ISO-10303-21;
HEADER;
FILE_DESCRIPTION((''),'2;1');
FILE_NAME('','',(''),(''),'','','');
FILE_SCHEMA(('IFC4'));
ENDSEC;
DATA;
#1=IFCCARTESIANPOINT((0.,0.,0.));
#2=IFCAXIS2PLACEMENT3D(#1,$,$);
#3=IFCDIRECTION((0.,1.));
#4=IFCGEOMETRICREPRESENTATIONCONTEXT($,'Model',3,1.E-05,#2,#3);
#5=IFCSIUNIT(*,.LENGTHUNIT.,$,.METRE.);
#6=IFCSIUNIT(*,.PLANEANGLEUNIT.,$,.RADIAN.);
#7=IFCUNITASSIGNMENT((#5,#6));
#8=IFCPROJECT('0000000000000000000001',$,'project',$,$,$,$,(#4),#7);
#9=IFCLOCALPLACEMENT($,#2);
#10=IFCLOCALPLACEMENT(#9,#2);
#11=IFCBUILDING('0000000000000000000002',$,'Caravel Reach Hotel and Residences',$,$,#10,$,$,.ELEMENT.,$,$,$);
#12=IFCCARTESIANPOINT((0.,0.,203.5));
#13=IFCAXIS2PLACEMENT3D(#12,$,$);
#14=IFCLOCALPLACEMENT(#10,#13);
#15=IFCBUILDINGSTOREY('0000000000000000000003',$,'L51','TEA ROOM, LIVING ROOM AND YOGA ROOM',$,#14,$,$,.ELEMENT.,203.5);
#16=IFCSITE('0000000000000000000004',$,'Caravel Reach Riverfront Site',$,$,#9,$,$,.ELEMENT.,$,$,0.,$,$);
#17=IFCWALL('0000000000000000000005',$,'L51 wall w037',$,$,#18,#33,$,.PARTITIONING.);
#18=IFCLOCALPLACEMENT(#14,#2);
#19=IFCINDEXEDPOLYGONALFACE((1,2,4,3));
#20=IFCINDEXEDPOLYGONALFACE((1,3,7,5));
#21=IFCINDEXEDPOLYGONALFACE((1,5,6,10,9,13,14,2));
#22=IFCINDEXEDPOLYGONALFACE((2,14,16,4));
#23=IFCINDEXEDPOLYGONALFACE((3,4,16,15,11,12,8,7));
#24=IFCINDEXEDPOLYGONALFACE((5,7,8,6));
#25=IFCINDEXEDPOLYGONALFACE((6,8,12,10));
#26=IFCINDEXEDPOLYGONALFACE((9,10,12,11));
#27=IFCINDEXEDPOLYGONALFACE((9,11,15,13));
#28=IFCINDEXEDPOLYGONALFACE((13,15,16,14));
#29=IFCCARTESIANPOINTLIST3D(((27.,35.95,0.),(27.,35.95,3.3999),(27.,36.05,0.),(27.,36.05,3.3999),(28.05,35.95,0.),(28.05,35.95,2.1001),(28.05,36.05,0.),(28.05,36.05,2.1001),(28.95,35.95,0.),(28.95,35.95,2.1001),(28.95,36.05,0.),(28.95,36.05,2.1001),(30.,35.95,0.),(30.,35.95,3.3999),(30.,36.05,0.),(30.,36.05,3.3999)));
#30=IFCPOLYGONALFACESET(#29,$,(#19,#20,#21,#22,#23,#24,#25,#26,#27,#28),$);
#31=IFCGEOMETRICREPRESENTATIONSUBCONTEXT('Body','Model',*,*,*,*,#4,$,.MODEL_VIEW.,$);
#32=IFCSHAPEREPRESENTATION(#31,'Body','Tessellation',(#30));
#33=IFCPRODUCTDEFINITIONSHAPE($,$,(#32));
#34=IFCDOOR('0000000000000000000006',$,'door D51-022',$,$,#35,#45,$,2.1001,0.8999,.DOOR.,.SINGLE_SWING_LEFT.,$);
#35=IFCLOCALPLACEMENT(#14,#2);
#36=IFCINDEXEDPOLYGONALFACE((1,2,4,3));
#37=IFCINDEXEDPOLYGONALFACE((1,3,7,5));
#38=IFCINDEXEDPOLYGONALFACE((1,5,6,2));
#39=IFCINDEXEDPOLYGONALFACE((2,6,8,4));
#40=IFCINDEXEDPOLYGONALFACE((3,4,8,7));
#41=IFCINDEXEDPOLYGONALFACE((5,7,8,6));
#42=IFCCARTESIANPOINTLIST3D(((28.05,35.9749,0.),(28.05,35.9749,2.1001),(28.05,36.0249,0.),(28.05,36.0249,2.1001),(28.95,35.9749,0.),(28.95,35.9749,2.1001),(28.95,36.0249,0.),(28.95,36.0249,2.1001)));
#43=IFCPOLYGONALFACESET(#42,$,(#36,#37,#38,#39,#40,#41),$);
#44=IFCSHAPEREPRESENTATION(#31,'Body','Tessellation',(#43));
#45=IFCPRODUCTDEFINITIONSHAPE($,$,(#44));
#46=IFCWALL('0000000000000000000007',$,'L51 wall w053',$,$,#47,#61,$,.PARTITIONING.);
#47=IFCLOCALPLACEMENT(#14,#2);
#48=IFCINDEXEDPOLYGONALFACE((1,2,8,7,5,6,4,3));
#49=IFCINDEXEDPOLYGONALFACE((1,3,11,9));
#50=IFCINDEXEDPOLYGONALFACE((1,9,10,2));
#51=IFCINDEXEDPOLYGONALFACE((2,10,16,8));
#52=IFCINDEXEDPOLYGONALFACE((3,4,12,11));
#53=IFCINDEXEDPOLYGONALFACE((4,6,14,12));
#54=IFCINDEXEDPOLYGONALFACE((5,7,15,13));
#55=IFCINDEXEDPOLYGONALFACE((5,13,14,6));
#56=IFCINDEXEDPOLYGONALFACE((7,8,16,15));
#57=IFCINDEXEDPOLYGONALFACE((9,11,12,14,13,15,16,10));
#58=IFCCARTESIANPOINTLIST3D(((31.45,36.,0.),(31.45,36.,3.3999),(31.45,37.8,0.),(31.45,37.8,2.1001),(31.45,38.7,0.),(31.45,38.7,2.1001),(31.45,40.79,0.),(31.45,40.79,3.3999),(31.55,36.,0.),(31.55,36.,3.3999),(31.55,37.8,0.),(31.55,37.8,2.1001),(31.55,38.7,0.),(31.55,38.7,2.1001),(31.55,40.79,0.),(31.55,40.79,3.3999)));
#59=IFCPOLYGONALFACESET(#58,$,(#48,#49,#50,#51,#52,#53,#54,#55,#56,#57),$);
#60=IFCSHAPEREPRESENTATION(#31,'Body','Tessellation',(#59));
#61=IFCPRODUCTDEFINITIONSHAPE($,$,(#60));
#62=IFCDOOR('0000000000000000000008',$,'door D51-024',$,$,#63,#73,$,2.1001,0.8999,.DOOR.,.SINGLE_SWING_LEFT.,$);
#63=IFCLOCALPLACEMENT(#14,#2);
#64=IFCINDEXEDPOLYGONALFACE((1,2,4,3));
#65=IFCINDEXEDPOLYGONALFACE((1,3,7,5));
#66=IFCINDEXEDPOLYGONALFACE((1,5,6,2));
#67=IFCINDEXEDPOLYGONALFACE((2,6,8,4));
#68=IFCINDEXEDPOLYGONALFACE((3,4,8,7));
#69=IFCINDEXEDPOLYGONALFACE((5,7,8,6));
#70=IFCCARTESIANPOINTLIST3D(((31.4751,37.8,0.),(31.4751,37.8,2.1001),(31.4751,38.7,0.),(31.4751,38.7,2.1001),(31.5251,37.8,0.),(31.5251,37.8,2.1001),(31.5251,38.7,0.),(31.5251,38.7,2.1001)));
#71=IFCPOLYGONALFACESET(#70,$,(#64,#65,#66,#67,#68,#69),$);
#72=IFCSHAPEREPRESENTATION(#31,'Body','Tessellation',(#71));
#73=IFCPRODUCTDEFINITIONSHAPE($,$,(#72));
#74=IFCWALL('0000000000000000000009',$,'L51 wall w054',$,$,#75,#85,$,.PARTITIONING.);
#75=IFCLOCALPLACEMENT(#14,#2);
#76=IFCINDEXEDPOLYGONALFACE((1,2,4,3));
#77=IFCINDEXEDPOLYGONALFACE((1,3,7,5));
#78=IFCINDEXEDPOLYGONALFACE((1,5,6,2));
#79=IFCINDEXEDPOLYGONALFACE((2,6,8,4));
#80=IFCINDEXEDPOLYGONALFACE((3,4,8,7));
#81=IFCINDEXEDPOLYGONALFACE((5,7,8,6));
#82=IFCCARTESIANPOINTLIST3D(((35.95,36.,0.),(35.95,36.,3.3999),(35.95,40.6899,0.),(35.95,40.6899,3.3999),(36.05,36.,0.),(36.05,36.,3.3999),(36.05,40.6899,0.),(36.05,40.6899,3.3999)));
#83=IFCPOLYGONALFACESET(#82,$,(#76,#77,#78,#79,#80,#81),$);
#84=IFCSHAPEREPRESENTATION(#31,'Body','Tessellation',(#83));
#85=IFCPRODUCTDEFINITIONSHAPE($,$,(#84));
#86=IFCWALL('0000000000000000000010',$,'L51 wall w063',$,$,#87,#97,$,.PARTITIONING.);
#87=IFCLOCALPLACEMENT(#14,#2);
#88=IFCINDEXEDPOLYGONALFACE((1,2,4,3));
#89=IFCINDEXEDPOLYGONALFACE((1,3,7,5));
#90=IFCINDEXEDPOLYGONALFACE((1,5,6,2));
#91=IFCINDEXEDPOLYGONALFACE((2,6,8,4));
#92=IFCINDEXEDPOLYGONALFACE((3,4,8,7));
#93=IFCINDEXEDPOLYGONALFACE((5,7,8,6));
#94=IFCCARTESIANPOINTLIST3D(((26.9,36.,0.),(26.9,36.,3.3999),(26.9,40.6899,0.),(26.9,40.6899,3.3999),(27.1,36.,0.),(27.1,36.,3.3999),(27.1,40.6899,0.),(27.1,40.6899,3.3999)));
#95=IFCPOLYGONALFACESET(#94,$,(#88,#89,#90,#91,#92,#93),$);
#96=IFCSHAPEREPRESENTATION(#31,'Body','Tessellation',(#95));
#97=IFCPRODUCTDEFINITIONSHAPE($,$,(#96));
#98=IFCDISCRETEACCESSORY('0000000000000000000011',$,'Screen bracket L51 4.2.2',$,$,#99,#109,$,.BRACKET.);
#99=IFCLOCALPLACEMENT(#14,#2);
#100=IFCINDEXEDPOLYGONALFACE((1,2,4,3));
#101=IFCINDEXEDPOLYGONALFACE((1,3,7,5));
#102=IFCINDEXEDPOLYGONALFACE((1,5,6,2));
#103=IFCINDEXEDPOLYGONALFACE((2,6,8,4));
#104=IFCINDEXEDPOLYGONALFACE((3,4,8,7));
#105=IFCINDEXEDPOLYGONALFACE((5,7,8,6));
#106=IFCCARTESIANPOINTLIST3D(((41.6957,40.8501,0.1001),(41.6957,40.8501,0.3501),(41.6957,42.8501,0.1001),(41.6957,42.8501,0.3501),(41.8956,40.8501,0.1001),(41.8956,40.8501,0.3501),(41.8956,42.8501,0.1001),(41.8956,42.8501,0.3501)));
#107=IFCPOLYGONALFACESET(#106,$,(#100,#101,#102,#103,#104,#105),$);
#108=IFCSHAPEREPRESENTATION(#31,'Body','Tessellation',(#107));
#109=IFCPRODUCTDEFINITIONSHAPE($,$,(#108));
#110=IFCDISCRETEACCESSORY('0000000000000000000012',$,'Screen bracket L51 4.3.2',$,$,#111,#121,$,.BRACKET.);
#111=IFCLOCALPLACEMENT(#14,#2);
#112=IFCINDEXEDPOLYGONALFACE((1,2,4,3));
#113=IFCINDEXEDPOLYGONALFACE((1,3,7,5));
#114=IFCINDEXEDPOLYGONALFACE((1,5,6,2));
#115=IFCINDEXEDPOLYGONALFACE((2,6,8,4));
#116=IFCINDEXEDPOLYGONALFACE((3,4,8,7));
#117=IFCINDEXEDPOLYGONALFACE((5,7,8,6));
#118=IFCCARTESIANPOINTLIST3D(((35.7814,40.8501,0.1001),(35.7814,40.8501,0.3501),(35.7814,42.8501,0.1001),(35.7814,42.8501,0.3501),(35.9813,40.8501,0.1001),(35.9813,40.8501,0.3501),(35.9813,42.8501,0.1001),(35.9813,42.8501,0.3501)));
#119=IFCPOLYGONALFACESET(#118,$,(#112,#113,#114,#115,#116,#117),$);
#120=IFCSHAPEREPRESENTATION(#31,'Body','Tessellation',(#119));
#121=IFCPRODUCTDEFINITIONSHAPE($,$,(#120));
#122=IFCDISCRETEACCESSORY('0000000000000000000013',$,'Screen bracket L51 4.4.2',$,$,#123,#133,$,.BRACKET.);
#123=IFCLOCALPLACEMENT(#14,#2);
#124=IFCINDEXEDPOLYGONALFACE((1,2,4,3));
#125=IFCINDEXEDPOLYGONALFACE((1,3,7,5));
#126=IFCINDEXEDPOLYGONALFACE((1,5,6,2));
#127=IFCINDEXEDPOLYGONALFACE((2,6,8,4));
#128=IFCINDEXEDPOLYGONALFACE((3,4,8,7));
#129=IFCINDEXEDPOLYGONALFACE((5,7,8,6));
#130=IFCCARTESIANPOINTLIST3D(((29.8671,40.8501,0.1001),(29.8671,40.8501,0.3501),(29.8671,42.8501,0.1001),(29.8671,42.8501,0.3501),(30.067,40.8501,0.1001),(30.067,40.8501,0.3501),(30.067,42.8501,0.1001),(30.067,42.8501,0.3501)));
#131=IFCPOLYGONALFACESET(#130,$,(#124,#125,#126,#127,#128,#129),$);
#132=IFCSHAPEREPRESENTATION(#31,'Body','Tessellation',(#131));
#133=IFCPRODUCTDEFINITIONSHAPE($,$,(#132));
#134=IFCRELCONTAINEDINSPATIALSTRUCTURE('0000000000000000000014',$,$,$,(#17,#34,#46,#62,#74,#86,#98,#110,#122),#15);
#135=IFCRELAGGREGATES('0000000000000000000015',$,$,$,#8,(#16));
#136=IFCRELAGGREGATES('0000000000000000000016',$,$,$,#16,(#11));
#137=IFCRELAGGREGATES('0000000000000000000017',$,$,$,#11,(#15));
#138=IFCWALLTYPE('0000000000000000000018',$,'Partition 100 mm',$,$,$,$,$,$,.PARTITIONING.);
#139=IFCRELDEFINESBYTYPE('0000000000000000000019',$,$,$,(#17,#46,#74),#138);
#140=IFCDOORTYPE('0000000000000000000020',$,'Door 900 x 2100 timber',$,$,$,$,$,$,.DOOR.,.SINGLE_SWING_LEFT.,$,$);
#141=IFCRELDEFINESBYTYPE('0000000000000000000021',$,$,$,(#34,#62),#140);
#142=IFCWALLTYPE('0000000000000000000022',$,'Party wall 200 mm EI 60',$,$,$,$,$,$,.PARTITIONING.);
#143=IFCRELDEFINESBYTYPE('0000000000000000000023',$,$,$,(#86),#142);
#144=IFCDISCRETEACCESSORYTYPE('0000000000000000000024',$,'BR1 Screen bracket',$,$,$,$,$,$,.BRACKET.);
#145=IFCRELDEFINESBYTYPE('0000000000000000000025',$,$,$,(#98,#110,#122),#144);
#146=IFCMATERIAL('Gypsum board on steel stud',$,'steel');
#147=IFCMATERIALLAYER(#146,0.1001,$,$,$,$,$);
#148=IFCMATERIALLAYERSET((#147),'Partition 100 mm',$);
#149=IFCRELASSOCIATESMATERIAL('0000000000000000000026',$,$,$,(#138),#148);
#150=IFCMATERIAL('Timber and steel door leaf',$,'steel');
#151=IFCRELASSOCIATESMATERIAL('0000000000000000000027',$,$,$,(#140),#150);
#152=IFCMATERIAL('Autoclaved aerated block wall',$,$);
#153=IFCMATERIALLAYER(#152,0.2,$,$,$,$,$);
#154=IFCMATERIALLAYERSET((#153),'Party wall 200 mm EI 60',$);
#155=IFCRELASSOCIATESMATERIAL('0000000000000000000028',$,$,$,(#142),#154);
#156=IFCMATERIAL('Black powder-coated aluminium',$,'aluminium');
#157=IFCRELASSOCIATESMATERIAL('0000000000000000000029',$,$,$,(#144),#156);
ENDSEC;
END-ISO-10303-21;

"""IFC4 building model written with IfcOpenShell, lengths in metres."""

from ifc_helpers import new_model, si_unit, direction, frame, frame_2d, origin, origin_2d, place, context, subcontext, project, spatial, rectangle, extrude, material, layer, layer_set, type_object, element, fill, save


model = new_model("IFC4")

# Units and contexts
model_context = context("Model", 3, precision=1e-05, world=origin(), true_north=direction((0.0, 1.0)))
body_context = subcontext(model_context, "Body", "Model", "MODEL_VIEW")
ifc_project = project(units=[si_unit("LENGTHUNIT", "METRE"), si_unit("PLANEANGLEUNIT", "RADIAN")], contexts=[model_context])

# Site, building, storey
site_placement = place(None, origin())
site = spatial("IfcSite", under=ifc_project, at=site_placement, Name="Caravel Reach Riverfront Site", CompositionType="ELEMENT", RefElevation=0.0)
building_placement = place(site_placement, origin())
building = spatial("IfcBuilding", under=site, at=building_placement, Name="Caravel Reach Hotel and Residences", CompositionType="ELEMENT")
storey_placement = place(building_placement, frame((0.0, 0.0, 203.5)))
storey = spatial("IfcBuildingStorey", under=building, at=storey_placement, Name="L51", Description="TEA ROOM, LIVING ROOM AND YOGA ROOM", CompositionType="ELEMENT", Elevation=203.5)

# Shared definitions
ifc_material_1 = material(Name="Gypsum board on steel stud", Category="steel")
ifc_layer_1 = layer(ifc_material_1, 0.1001)
ifc_layer_set_1 = layer_set([ifc_layer_1], Name="Partition 100 mm")
wall_type_1 = type_object("IfcWallType", Name="Partition 100 mm", PredefinedType="PARTITIONING", material=ifc_layer_set_1)

# Walls, openings, doors
wall_1_placement = place(storey_placement, frame((27.0, 36.0, 0.0), z_axis=(0.0, 0.0, 1.0), x_axis=(1.0, 0.0, 0.0)))
wall_1 = element("IfcWall", 1, at=wall_1_placement, inside=storey, type_object=wall_type_1, Name="L51 wall w037", PredefinedType="PARTITIONING", context=body_context, shape_type="SweptSolid", body=[
    extrude(rectangle(XDim=3.0, YDim=0.1001, at=frame_2d((1.5, 0.0))), origin(), (0.0, 0.0, 1.0), 3.3999),
])
opening_1_placement = place(wall_1_placement, frame((1.05, 0.0, 0.0)))
opening_1 = element("IfcOpeningElement", 2, at=opening_1_placement, cuts=wall_1, PredefinedType="OPENING", context=body_context, shape_type="SweptSolid", body=[
    extrude(rectangle(XDim=0.8999, YDim=2.1001, at=frame_2d((0.45, 1.05))), frame((0.0, 0.0601, 0.0), z_axis=(0.0, -1.0, 0.0), x_axis=(1.0, 0.0, 0.0)), (0.0, 0.0, 1.0), 0.1201),
])
ifc_material_2 = material(Name="Timber and steel door leaf", Category="steel")
door_type_1 = type_object("IfcDoorType", Name="Door 900 x 2100 timber", OperationType="SINGLE_SWING_LEFT", PredefinedType="DOOR", material=ifc_material_2)
door_1_placement = place(opening_1_placement, origin())
door_1 = element("IfcDoor", 3, at=door_1_placement, inside=storey, type_object=door_type_1, Name="door D51-022", OperationType="SINGLE_SWING_LEFT", OverallHeight=2.1001, OverallWidth=0.8999, PredefinedType="DOOR", context=body_context, shape_type="SweptSolid", body=[
    extrude(rectangle(XDim=0.8999, YDim=2.1001, at=frame_2d((0.45, 1.05))), frame((0.0, 0.0249, 0.0), z_axis=(0.0, -1.0, 0.0), x_axis=(1.0, 0.0, 0.0)), (0.0, 0.0, 1.0), 0.05),
])
fill(opening_1, door_1)
wall_2_placement = place(storey_placement, frame((31.5, 36.0, 0.0), z_axis=(0.0, 0.0, 1.0), x_axis=(0.0, 1.0, 0.0)))
wall_2 = element("IfcWall", 4, at=wall_2_placement, inside=storey, type_object=wall_type_1, Name="L51 wall w053", PredefinedType="PARTITIONING", context=body_context, shape_type="SweptSolid", body=[
    extrude(rectangle(XDim=4.79, YDim=0.1001, at=frame_2d((2.395, 0.0))), origin(), (0.0, 0.0, 1.0), 3.3999),
])
opening_2_placement = place(wall_2_placement, frame((1.8, 0.0, 0.0)))
opening_2 = element("IfcOpeningElement", 5, at=opening_2_placement, cuts=wall_2, PredefinedType="OPENING", context=body_context, shape_type="SweptSolid", body=[
    extrude(rectangle(XDim=0.8999, YDim=2.1001, at=frame_2d((0.45, 1.05))), frame((0.0, 0.0601, 0.0), z_axis=(0.0, -1.0, 0.0), x_axis=(1.0, 0.0, 0.0)), (0.0, 0.0, 1.0), 0.1201),
])
door_2_placement = place(opening_2_placement, origin())
door_2 = element("IfcDoor", 6, at=door_2_placement, inside=storey, type_object=door_type_1, Name="door D51-024", OperationType="SINGLE_SWING_LEFT", OverallHeight=2.1001, OverallWidth=0.8999, PredefinedType="DOOR", context=body_context, shape_type="SweptSolid", body=[
    extrude(rectangle(XDim=0.8999, YDim=2.1001, at=frame_2d((0.45, 1.05))), frame((0.0, 0.0249, 0.0), z_axis=(0.0, -1.0, 0.0), x_axis=(1.0, 0.0, 0.0)), (0.0, 0.0, 1.0), 0.05),
])
fill(opening_2, door_2)

# Walls
wall_3_placement = place(storey_placement, frame((36.0, 36.0, 0.0), z_axis=(0.0, 0.0, 1.0), x_axis=(0.0, 1.0, 0.0)))
element("IfcWall", 7, at=wall_3_placement, inside=storey, type_object=wall_type_1, Name="L51 wall w054", PredefinedType="PARTITIONING", context=body_context, shape_type="SweptSolid", body=[
    extrude(rectangle(XDim=4.6899, YDim=0.1001, at=frame_2d((2.345, 0.0))), origin(), (0.0, 0.0, 1.0), 3.3999),
])
ifc_material_3 = material(Name="Autoclaved aerated block wall")
ifc_layer_2 = layer(ifc_material_3, 0.2)
ifc_layer_set_2 = layer_set([ifc_layer_2], Name="Party wall 200 mm EI 60")
wall_type_2 = type_object("IfcWallType", Name="Party wall 200 mm EI 60", PredefinedType="PARTITIONING", material=ifc_layer_set_2)
wall_4_placement = place(storey_placement, frame((27.0, 36.0, 0.0), z_axis=(0.0, 0.0, 1.0), x_axis=(0.0, 1.0, 0.0)))
element("IfcWall", 8, at=wall_4_placement, inside=storey, type_object=wall_type_2, Name="L51 wall w063", PredefinedType="PARTITIONING", context=body_context, shape_type="SweptSolid", body=[
    extrude(rectangle(XDim=4.6899, YDim=0.2, at=frame_2d((2.345, 0.0))), origin(), (0.0, 0.0, 1.0), 3.3999),
])

# Discrete accessories
ifc_material_4 = material(Name="Black powder-coated aluminium", Category="aluminium")
discrete_accessory_type = type_object("IfcDiscreteAccessoryType", Name="BR1 Screen bracket", PredefinedType="BRACKET", material=ifc_material_4)
for number, where, z_axis, x_axis, name in (
    (9, (41.7957, 41.8501, 0.1001), (0.0, 0.0, 1.0), (0.0, 1.0, 0.0), "Screen bracket L51 4.2.2"),
    (10, (35.8813, 41.8501, 0.1001), (0.0, 0.0, 1.0), (0.0, 1.0, 0.0), "Screen bracket L51 4.3.2"),
    (11, (29.967, 41.8501, 0.1001), (0.0, 0.0, 1.0), (0.0, 1.0, 0.0), "Screen bracket L51 4.4.2"),
):
    element("IfcDiscreteAccessory", number, at=place(storey_placement, frame(where, z_axis=z_axis, x_axis=x_axis)), inside=storey, type_object=discrete_accessory_type, Name=name, PredefinedType="BRACKET", context=body_context, shape_type="SweptSolid", body=[
        extrude(rectangle(XDim=2.0, YDim=0.2, at=origin_2d()), origin(), (0.0, 0.0, 1.0), 0.25),
    ])

save(model, "model.ifc")
